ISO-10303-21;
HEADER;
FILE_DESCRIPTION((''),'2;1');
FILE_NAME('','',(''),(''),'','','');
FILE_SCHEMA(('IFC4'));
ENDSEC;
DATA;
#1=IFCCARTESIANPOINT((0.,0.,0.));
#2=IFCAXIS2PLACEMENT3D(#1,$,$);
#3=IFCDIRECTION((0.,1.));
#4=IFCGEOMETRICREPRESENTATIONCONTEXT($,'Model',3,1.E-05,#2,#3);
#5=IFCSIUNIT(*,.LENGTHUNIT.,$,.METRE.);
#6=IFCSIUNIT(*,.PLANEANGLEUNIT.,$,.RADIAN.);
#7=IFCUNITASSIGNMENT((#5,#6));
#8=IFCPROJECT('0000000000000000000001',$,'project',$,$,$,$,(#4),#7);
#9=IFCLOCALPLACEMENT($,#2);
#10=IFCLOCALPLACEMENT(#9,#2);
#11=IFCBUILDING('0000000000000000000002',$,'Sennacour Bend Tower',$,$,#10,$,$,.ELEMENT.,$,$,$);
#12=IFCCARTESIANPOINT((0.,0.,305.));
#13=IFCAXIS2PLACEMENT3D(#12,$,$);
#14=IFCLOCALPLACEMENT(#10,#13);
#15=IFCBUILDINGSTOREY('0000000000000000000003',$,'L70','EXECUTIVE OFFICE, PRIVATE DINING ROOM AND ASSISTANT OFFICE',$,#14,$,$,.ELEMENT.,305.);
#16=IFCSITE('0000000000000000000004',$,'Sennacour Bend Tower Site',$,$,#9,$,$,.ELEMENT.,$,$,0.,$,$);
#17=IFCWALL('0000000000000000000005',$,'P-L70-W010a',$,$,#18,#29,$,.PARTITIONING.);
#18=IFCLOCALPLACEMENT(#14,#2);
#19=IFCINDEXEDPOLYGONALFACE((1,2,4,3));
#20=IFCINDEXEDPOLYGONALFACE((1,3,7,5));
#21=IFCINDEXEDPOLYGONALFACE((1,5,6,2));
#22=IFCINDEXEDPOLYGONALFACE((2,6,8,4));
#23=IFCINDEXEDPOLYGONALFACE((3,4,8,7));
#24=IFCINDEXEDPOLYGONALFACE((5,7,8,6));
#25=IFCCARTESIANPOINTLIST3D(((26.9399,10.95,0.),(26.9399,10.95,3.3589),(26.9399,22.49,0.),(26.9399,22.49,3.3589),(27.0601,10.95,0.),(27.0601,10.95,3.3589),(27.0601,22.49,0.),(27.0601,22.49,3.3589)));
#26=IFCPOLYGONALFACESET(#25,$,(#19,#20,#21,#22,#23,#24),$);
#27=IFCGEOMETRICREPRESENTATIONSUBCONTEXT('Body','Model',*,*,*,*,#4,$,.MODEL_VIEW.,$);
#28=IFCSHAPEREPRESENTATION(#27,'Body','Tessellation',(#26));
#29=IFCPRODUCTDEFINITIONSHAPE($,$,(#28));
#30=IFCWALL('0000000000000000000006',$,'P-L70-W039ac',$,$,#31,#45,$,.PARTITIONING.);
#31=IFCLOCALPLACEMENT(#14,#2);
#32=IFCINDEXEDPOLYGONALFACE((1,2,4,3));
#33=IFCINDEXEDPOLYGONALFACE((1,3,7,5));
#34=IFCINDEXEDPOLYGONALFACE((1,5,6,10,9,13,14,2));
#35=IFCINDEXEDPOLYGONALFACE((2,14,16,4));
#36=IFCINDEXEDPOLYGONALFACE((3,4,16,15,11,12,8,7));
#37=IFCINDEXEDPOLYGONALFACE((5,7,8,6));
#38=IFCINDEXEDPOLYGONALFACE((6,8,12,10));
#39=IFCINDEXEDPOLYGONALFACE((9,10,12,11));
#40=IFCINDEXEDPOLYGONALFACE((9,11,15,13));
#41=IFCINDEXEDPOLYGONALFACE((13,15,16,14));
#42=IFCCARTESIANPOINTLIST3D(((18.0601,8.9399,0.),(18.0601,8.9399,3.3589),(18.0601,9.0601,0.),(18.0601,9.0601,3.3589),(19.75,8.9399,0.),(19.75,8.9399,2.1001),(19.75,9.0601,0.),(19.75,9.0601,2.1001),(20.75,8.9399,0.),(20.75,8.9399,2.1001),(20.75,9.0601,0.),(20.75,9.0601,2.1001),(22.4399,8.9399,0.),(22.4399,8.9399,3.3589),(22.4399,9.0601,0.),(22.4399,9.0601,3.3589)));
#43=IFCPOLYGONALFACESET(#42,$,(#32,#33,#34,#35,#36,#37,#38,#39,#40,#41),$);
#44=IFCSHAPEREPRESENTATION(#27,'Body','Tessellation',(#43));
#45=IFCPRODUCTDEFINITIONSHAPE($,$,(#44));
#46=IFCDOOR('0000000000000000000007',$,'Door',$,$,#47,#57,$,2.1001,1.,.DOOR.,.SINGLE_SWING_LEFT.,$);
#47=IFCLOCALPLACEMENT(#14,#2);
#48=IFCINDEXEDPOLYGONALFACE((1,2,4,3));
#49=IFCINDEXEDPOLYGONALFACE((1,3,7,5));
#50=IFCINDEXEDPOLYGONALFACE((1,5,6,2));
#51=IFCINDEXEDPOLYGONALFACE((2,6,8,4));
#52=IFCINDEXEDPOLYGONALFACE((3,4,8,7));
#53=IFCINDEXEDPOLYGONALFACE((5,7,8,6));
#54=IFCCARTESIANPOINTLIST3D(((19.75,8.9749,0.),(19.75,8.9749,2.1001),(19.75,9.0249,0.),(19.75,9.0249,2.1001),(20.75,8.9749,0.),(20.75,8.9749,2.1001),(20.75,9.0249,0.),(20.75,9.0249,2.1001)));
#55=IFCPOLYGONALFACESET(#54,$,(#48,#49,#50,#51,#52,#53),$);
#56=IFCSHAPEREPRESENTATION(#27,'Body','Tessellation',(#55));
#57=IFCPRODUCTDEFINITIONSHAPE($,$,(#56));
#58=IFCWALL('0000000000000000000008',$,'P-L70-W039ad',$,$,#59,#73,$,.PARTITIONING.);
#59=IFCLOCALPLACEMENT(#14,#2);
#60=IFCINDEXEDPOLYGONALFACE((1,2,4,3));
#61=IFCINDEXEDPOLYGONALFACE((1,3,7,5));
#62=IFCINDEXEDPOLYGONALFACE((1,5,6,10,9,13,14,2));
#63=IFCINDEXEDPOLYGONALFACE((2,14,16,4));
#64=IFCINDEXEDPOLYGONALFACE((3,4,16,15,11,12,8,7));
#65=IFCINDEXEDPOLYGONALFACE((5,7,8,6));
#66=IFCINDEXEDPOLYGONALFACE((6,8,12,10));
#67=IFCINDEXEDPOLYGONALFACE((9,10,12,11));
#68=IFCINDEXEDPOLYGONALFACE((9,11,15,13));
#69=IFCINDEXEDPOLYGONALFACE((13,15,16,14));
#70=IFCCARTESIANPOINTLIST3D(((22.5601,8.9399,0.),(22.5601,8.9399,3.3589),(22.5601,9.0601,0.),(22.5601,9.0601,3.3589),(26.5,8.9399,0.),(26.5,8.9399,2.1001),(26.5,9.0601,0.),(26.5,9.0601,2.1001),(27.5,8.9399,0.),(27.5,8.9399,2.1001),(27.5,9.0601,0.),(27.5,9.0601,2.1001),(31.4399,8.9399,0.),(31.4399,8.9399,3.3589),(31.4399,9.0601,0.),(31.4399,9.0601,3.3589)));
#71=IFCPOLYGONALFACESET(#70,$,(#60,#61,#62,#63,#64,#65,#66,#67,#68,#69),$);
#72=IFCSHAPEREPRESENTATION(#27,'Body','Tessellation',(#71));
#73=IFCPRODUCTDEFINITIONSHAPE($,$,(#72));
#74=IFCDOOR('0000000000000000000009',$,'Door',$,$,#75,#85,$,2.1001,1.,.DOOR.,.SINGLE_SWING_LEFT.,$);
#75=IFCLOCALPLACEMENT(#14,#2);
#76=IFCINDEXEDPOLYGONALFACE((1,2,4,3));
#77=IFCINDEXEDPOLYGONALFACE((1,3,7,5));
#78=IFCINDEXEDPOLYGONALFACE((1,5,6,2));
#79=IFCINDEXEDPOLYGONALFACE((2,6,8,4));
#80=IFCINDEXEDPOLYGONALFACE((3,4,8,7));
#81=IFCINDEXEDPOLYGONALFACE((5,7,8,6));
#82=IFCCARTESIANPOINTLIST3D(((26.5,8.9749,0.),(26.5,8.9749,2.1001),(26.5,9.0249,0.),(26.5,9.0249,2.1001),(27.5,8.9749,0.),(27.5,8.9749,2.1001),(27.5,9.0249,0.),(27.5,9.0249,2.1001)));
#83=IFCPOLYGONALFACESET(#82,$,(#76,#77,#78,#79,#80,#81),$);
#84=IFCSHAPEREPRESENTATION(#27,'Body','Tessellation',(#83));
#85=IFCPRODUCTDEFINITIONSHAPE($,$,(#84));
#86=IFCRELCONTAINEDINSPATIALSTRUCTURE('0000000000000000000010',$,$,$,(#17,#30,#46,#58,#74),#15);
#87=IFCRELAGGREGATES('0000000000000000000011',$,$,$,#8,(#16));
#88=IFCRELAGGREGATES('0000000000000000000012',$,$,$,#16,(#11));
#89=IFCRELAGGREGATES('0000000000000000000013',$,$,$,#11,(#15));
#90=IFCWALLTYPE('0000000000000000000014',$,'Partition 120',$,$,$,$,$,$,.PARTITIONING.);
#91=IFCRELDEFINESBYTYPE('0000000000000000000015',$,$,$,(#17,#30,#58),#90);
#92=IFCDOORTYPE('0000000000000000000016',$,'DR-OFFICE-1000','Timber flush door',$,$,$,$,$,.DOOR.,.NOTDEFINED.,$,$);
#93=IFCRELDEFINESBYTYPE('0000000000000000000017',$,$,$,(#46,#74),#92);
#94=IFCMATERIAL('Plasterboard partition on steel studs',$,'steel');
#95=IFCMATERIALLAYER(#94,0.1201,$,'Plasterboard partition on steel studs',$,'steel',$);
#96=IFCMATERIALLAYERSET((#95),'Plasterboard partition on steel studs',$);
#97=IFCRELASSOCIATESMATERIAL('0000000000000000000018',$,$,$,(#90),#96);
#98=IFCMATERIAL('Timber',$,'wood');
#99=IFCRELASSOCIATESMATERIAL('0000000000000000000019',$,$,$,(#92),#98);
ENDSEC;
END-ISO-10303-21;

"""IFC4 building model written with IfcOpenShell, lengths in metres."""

from ifc_helpers import new_model, si_unit, direction, frame, frame_2d, origin, place, context, subcontext, project, spatial, rectangle, extrude, material, layer, layer_set, type_object, element, fill, save


model = new_model("IFC4")

# Units and contexts
model_context = context("Model", 3, precision=1e-05, world=origin(), true_north=direction((0.0, 1.0)))
body_context = subcontext(model_context, "Body", "Model", "MODEL_VIEW")
ifc_project = project(units=[si_unit("LENGTHUNIT", "METRE"), si_unit("PLANEANGLEUNIT", "RADIAN")], contexts=[model_context])

# Site, building, storey
site_placement = place(None, origin())
site = spatial("IfcSite", under=ifc_project, at=site_placement, Name="Sennacour Bend Tower Site", CompositionType="ELEMENT", RefElevation=0.0)
building_placement = place(site_placement, origin())
building = spatial("IfcBuilding", under=site, at=building_placement, Name="Sennacour Bend Tower", CompositionType="ELEMENT")
storey_placement = place(building_placement, frame((0.0, 0.0, 305.0)))
storey = spatial("IfcBuildingStorey", under=building, at=storey_placement, Name="L70", Description="EXECUTIVE OFFICE, PRIVATE DINING ROOM AND ASSISTANT OFFICE", CompositionType="ELEMENT", Elevation=305.0)

# Wall
ifc_material_1 = material(Name="Plasterboard partition on steel studs", Category="steel")
ifc_layer_1 = layer(ifc_material_1, 0.1201, Name="Plasterboard partition on steel studs", Category="steel")
ifc_layer_set_1 = layer_set([ifc_layer_1], Name="Plasterboard partition on steel studs")
wall_type = type_object("IfcWallType", Name="Partition 120", PredefinedType="PARTITIONING", material=ifc_layer_set_1)
wall_1_placement = place(storey_placement, frame((27.0, 10.95, 0.0), z_axis=(0.0, 0.0, 1.0), x_axis=(0.0, 1.0, 0.0)))
element("IfcWall", 1, at=wall_1_placement, inside=storey, type_object=wall_type, Name="P-L70-W010a", PredefinedType="PARTITIONING", context=body_context, shape_type="SweptSolid", body=[
    extrude(rectangle(XDim=11.54, YDim=0.1201, at=frame_2d((5.77, 0.0))), origin(), (0.0, 0.0, 1.0), 3.3589),
])

# Walls, openings, doors
wall_2_placement = place(storey_placement, frame((18.0601, 9.0, 0.0), z_axis=(0.0, 0.0, 1.0), x_axis=(1.0, 0.0, 0.0)))
wall_2 = element("IfcWall", 2, at=wall_2_placement, inside=storey, type_object=wall_type, Name="P-L70-W039ac", PredefinedType="PARTITIONING", context=body_context, shape_type="SweptSolid", body=[
    extrude(rectangle(XDim=4.3799, YDim=0.1201, at=frame_2d((2.1899, 0.0))), origin(), (0.0, 0.0, 1.0), 3.3589),
])
opening_1_placement = place(wall_2_placement, frame((1.6899, 0.0, 0.0)))
opening_1 = element("IfcOpeningElement", 3, at=opening_1_placement, cuts=wall_2, PredefinedType="OPENING", context=body_context, shape_type="SweptSolid", body=[
    extrude(rectangle(XDim=1.0, YDim=2.1001, at=frame_2d((0.5, 1.05))), frame((0.0, 0.0701, 0.0), z_axis=(0.0, -1.0, 0.0), x_axis=(1.0, 0.0, 0.0)), (0.0, 0.0, 1.0), 0.1401),
])
ifc_material_2 = material(Name="Timber", Category="wood")
door_type = type_object("IfcDoorType", Name="DR-OFFICE-1000", Description="Timber flush door", OperationType="NOTDEFINED", PredefinedType="DOOR", material=ifc_material_2)
door_1_placement = place(opening_1_placement, origin())
door_1 = element("IfcDoor", 4, at=door_1_placement, inside=storey, type_object=door_type, Name="Door", OperationType="SINGLE_SWING_LEFT", OverallHeight=2.1001, OverallWidth=1.0, PredefinedType="DOOR", context=body_context, shape_type="SweptSolid", body=[
    extrude(rectangle(XDim=1.0, YDim=2.1001, at=frame_2d((0.5, 1.05))), frame((0.0, 0.0249, 0.0), z_axis=(0.0, -1.0, 0.0), x_axis=(1.0, 0.0, 0.0)), (0.0, 0.0, 1.0), 0.05),
])
fill(opening_1, door_1)
wall_3_placement = place(storey_placement, frame((22.5601, 9.0, 0.0), z_axis=(0.0, 0.0, 1.0), x_axis=(1.0, 0.0, 0.0)))
wall_3 = element("IfcWall", 5, at=wall_3_placement, inside=storey, type_object=wall_type, Name="P-L70-W039ad", PredefinedType="PARTITIONING", context=body_context, shape_type="SweptSolid", body=[
    extrude(rectangle(XDim=8.8799, YDim=0.1201, at=frame_2d((4.4399, 0.0))), origin(), (0.0, 0.0, 1.0), 3.3589),
])
opening_2_placement = place(wall_3_placement, frame((3.9399, 0.0, 0.0)))
opening_2 = element("IfcOpeningElement", 6, at=opening_2_placement, cuts=wall_3, PredefinedType="OPENING", context=body_context, shape_type="SweptSolid", body=[
    extrude(rectangle(XDim=1.0, YDim=2.1001, at=frame_2d((0.5, 1.05))), frame((0.0, 0.0701, 0.0), z_axis=(0.0, -1.0, 0.0), x_axis=(1.0, 0.0, 0.0)), (0.0, 0.0, 1.0), 0.1401),
])
door_2_placement = place(opening_2_placement, origin())
door_2 = element("IfcDoor", 7, at=door_2_placement, inside=storey, type_object=door_type, Name="Door", OperationType="SINGLE_SWING_LEFT", OverallHeight=2.1001, OverallWidth=1.0, PredefinedType="DOOR", context=body_context, shape_type="SweptSolid", body=[
    extrude(rectangle(XDim=1.0, YDim=2.1001, at=frame_2d((0.5, 1.05))), frame((0.0, 0.0249, 0.0), z_axis=(0.0, -1.0, 0.0), x_axis=(1.0, 0.0, 0.0)), (0.0, 0.0, 1.0), 0.05),
])
fill(opening_2, door_2)

save(model, "model.ifc")
